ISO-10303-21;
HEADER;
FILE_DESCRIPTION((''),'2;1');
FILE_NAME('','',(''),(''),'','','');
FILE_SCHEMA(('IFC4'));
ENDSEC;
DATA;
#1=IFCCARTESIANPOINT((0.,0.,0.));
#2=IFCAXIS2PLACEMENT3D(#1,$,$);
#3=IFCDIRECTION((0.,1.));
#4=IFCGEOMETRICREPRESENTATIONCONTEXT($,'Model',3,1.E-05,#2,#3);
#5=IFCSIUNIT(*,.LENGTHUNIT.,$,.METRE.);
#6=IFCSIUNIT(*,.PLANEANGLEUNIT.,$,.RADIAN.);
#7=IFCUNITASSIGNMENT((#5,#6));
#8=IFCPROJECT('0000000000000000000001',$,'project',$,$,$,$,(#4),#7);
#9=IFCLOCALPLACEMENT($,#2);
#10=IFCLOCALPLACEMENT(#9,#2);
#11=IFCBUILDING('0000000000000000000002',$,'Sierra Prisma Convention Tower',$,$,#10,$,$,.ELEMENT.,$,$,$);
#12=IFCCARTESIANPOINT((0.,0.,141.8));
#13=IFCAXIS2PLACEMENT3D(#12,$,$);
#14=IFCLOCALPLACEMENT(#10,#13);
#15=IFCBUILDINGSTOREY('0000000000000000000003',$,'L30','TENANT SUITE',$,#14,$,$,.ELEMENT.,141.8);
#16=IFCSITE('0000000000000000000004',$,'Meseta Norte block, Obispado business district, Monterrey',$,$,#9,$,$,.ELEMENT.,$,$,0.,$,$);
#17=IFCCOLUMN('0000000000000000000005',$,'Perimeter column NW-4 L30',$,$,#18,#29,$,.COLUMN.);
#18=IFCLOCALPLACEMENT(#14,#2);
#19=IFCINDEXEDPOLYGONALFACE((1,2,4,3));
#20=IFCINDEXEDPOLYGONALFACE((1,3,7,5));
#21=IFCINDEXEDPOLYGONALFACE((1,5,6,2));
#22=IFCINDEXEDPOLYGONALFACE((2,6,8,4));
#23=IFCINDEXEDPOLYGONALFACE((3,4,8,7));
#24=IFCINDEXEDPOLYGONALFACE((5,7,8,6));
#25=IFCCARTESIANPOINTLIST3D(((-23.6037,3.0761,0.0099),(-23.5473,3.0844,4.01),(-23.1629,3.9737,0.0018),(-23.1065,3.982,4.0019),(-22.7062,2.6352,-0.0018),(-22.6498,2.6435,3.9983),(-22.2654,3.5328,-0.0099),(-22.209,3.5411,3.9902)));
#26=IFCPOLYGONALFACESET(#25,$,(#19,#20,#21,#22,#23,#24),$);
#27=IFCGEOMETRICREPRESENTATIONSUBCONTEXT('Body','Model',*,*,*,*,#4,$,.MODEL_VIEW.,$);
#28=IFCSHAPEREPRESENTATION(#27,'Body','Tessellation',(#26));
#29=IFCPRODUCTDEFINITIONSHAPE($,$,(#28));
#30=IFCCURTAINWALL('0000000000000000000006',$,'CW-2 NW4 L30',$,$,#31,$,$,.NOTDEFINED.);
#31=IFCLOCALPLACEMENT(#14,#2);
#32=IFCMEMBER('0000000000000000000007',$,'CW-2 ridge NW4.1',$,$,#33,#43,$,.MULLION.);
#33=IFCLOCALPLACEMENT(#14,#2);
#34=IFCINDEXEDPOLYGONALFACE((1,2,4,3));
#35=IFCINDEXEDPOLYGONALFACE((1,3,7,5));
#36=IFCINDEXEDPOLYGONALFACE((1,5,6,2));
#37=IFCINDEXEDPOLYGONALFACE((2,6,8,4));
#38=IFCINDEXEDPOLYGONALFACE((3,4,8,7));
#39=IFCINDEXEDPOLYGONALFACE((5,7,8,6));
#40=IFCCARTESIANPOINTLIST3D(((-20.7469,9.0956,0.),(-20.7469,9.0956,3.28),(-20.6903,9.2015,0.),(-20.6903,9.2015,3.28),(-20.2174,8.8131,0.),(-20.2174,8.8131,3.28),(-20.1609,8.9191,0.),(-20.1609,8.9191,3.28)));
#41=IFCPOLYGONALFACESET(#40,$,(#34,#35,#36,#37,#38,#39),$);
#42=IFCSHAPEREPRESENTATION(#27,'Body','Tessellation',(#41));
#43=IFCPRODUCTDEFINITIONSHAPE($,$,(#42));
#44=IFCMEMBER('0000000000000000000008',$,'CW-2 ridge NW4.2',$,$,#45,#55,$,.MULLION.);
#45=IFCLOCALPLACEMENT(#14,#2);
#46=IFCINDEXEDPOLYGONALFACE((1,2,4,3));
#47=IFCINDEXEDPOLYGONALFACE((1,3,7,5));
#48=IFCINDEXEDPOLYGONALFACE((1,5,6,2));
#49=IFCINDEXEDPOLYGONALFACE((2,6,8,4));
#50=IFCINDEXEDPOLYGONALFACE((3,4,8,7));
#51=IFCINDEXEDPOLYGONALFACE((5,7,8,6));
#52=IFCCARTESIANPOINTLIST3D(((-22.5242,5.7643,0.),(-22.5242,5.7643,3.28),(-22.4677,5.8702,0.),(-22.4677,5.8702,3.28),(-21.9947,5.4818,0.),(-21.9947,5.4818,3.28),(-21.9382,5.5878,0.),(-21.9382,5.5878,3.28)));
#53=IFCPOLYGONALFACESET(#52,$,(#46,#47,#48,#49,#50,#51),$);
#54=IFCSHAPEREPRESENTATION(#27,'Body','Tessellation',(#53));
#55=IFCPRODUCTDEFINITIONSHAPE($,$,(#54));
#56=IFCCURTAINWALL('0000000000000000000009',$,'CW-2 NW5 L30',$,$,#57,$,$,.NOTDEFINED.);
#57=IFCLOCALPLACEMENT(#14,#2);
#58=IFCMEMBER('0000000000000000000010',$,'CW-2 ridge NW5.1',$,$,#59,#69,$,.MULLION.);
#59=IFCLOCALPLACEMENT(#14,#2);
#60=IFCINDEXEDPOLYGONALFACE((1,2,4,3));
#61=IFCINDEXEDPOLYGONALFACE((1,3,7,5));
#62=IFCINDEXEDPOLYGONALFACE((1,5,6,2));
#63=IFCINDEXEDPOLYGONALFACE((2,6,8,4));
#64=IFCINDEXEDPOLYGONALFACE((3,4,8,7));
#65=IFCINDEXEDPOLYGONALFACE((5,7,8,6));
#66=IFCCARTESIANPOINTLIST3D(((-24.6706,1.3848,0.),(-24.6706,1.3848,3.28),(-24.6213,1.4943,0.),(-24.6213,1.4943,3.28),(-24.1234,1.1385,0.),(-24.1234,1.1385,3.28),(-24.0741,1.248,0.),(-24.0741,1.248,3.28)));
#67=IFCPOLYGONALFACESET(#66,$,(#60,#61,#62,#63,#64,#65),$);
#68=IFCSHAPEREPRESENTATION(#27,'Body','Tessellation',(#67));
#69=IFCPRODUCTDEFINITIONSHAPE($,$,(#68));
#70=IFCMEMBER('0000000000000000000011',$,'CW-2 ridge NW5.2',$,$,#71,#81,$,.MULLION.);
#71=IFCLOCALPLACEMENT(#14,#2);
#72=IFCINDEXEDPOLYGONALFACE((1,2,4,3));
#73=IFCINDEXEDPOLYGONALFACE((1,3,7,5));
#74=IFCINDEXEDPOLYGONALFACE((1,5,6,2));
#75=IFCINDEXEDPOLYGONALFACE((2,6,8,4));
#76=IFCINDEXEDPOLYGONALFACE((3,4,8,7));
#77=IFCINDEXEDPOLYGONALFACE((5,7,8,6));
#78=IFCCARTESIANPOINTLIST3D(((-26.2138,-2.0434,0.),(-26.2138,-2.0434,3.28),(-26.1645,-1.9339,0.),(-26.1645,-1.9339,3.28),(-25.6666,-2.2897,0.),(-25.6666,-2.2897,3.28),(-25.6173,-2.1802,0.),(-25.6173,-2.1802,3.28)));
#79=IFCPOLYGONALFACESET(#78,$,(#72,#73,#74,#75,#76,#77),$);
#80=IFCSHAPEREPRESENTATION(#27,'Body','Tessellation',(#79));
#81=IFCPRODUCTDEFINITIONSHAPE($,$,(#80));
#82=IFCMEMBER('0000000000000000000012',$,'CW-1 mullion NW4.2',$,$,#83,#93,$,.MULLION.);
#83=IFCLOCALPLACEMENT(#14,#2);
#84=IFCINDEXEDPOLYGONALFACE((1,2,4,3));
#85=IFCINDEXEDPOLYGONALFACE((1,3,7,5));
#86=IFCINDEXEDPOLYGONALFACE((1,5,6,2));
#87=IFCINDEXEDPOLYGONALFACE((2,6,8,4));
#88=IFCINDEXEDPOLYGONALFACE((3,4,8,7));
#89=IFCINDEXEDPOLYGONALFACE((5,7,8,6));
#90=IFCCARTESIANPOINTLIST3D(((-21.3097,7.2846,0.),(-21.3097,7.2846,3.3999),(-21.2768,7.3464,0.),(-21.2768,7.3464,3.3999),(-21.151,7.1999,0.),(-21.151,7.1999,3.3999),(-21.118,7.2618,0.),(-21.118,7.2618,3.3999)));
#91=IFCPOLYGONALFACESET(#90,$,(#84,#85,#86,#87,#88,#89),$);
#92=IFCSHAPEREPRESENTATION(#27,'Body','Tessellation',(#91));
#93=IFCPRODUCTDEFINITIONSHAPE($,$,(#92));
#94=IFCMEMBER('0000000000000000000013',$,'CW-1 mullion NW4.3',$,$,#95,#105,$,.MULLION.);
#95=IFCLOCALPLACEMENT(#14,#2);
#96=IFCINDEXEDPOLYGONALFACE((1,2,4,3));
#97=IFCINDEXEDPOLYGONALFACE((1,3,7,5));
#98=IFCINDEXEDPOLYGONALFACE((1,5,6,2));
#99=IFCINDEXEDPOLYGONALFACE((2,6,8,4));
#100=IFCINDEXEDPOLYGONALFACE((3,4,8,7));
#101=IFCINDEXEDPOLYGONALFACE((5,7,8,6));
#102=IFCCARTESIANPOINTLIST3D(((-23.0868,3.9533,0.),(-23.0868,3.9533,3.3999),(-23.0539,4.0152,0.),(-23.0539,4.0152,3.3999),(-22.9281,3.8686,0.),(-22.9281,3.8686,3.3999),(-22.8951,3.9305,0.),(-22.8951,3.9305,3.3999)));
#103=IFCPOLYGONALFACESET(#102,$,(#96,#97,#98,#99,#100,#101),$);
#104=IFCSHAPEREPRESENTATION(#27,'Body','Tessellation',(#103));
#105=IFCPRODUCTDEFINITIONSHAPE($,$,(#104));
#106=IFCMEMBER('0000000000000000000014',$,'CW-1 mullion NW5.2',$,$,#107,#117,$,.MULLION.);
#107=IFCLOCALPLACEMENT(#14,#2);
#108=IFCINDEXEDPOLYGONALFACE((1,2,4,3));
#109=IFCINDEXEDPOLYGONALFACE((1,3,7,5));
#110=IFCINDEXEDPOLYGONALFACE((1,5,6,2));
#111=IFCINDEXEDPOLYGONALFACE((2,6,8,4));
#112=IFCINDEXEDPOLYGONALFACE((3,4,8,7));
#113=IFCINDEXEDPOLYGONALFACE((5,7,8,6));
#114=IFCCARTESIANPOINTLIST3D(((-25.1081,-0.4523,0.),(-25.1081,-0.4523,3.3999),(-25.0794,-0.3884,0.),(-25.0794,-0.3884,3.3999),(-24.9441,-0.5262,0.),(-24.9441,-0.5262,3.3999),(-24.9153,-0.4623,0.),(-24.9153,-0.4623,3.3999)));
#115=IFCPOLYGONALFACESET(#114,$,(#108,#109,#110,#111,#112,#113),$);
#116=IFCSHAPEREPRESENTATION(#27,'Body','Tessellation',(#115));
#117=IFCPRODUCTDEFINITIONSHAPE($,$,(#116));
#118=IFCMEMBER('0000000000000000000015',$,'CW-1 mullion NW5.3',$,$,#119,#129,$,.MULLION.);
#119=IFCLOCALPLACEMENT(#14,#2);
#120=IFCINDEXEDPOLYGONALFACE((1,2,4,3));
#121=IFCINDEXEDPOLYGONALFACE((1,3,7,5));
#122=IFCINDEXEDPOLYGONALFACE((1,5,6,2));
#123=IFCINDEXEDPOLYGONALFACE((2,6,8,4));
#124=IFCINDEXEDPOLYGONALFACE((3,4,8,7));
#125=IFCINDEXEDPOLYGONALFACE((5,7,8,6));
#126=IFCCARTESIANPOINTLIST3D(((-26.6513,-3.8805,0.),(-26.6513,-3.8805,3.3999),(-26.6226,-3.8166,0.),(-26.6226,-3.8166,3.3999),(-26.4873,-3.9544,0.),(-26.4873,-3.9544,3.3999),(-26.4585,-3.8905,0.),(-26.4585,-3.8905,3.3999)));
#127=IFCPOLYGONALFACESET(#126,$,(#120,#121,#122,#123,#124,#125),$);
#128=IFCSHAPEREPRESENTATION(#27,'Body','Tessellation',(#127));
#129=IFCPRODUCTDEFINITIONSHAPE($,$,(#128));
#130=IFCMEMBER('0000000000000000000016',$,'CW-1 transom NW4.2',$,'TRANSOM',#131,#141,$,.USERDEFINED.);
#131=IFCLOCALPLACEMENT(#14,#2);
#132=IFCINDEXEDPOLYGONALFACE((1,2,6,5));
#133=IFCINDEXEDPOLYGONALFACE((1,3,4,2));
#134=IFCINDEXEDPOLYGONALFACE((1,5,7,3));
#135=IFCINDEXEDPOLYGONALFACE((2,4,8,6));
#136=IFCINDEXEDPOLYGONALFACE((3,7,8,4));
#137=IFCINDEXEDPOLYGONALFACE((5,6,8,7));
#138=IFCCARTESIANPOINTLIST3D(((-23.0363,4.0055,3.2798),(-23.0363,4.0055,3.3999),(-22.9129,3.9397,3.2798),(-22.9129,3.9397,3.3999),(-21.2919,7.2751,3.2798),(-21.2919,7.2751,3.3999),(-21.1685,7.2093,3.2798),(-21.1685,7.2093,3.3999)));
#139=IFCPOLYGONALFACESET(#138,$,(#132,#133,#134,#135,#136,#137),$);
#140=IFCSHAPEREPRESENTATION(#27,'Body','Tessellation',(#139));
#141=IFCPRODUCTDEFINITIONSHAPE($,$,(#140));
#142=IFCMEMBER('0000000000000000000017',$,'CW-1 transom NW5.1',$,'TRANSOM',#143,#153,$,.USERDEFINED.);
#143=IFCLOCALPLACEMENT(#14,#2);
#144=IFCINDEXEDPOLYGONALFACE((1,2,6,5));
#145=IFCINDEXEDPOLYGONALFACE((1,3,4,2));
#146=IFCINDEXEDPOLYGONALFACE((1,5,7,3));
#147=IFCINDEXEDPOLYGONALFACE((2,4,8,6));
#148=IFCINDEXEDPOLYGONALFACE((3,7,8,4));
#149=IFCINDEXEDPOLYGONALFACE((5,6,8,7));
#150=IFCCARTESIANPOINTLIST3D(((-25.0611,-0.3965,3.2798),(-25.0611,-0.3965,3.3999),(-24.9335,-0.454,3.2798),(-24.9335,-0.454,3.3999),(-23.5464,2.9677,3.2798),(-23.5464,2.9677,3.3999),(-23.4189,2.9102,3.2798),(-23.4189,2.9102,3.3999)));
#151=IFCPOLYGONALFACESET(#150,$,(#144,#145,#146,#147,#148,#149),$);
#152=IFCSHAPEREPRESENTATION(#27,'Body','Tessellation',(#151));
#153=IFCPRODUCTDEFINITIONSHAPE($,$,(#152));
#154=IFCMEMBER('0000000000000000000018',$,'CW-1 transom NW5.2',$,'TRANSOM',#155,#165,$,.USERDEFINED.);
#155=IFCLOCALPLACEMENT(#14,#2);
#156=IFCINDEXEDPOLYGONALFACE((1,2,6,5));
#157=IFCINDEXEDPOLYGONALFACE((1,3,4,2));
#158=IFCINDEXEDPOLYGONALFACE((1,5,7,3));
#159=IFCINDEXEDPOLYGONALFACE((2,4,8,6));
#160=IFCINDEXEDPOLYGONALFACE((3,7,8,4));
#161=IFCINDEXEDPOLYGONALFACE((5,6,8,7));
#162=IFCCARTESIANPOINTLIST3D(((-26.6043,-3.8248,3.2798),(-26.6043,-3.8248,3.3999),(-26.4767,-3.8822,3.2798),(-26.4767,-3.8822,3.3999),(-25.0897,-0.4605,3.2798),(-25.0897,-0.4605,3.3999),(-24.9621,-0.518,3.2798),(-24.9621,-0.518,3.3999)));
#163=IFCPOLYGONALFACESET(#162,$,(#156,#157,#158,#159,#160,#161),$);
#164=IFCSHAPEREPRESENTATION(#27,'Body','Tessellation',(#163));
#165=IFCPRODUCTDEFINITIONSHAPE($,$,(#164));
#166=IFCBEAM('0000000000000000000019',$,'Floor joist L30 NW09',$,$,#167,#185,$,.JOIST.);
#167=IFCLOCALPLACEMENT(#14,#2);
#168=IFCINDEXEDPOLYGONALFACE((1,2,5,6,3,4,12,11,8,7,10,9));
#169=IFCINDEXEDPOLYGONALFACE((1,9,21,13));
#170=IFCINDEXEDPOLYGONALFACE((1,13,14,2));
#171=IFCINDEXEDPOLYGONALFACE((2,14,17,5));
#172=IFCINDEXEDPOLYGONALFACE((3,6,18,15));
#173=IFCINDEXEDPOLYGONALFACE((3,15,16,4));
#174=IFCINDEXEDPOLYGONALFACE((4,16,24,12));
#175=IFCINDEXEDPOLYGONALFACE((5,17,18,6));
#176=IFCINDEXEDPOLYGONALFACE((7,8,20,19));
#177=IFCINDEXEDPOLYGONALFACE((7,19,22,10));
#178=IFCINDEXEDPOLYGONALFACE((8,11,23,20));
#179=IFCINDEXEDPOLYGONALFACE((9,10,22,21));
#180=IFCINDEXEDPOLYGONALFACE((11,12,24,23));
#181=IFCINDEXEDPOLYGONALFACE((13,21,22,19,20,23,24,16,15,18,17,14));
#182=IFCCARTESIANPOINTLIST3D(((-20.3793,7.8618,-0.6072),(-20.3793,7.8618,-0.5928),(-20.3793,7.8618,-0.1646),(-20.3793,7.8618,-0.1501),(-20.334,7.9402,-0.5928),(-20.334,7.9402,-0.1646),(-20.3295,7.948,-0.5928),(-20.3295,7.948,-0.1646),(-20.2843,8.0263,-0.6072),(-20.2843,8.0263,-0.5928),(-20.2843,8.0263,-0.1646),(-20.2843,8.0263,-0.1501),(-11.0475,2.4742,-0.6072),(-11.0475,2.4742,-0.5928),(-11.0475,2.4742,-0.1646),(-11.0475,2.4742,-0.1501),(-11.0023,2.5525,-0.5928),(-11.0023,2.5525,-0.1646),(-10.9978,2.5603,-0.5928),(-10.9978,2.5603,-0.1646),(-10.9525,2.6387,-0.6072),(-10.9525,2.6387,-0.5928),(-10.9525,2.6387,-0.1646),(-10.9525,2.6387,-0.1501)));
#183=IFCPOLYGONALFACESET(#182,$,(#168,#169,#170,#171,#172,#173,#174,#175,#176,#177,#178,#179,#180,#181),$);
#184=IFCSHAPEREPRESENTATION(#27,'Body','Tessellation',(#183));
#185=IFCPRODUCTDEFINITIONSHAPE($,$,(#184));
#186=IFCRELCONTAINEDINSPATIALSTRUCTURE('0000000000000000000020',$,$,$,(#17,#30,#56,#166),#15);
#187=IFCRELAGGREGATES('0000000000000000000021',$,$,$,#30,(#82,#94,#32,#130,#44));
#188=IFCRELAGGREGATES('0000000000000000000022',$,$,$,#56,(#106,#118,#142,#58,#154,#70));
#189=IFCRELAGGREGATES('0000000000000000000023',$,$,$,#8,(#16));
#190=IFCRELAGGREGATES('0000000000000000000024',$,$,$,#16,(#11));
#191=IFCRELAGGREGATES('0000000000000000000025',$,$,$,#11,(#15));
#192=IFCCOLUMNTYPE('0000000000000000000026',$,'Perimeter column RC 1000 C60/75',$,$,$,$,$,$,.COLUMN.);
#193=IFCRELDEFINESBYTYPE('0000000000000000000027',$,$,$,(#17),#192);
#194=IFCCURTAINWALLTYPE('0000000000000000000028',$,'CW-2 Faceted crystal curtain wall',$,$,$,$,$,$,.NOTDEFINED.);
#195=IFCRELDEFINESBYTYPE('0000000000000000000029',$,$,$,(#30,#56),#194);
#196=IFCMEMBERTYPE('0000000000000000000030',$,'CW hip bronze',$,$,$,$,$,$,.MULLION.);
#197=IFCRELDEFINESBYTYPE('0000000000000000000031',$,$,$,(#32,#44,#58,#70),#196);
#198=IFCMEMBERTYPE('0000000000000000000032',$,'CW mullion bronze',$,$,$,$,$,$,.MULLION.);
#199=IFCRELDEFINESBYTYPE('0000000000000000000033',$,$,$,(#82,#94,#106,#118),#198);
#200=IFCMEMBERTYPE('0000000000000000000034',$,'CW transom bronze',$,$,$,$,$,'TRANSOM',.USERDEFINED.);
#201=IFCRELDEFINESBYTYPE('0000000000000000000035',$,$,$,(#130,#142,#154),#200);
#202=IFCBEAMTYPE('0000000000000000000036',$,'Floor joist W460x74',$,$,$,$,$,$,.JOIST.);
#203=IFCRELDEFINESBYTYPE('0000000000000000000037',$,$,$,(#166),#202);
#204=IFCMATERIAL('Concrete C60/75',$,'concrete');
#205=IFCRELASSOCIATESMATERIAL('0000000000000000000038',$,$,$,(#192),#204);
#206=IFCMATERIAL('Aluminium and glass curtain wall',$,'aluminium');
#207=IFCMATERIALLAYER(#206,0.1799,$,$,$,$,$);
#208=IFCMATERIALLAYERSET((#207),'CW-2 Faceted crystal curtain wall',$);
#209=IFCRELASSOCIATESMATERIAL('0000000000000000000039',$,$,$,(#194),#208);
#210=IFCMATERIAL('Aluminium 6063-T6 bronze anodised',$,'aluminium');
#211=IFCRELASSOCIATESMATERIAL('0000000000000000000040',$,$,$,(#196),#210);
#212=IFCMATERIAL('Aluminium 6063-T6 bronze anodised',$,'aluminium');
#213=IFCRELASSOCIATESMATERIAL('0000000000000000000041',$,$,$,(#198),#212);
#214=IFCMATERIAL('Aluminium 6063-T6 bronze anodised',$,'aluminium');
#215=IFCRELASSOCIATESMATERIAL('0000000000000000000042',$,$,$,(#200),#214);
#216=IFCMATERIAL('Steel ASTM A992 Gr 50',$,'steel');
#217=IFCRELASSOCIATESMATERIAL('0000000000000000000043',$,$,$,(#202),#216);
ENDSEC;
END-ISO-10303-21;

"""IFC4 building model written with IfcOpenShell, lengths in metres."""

from ifc_helpers import new_model, si_unit, direction, frame, origin, origin_2d, place, context, subcontext, project, spatial, rectangle, i_section, extrude, material, layer, layer_set, material_profile, profile_set, type_object, element, aggregate, save


model = new_model("IFC4")

# Units and contexts
model_context = context("Model", 3, precision=1e-05, world=origin(), true_north=direction((0.0, 1.0)))
body_context = subcontext(model_context, "Body", "Model", "MODEL_VIEW")
ifc_project = project(units=[si_unit("LENGTHUNIT", "METRE"), si_unit("PLANEANGLEUNIT", "RADIAN")], contexts=[model_context])

# Site, building, storey
site_placement = place(None, origin())
site = spatial("IfcSite", under=ifc_project, at=site_placement, Name="Meseta Norte block, Obispado business district, Monterrey", CompositionType="ELEMENT", RefElevation=0.0)
building_placement = place(site_placement, origin())
building = spatial("IfcBuilding", under=site, at=building_placement, Name="Sierra Prisma Convention Tower", CompositionType="ELEMENT")
storey_placement = place(building_placement, frame((0.0, 0.0, 141.8)))
storey = spatial("IfcBuildingStorey", under=building, at=storey_placement, Name="L30", Description="TENANT SUITE", CompositionType="ELEMENT", Elevation=141.8)

# Column
ifc_material_1 = material(Name="Concrete C60/75", Category="concrete")
ifc_material_profile_1 = material_profile(ifc_material_1, rectangle(XDim=1.0, YDim=1.0, at=origin_2d()), Name="Perimeter column RC 1000 C60/75")
ifc_profile_set_1 = profile_set([ifc_material_profile_1], Name="Concrete C60/75")
column_type = type_object("IfcColumnType", Name="Perimeter column RC 1000 C60/75", PredefinedType="COLUMN", material=ifc_profile_set_1)
column_placement = place(storey_placement, frame((-22.9346, 3.3044, 0.0), z_axis=(0.014098, 0.002075, 0.999898), x_axis=(0.440789, 0.897575, -0.008077)))
element("IfcColumn", 1, at=column_placement, inside=storey, type_object=column_type, Name="Perimeter column NW-4 L30", PredefinedType="COLUMN", context=body_context, shape_type="SweptSolid", body=[
    extrude(rectangle(XDim=1.0, YDim=1.0, at=origin_2d()), origin(), (0.0, 0.0, 1.0), 4.0005),
])

# Curtain walls, members
ifc_material_2 = material(Name="Aluminium and glass curtain wall", Category="aluminium")
ifc_layer_1 = layer(ifc_material_2, 0.1799)
ifc_layer_set_1 = layer_set([ifc_layer_1], Name="CW-2 Faceted crystal curtain wall")
curtain_wall_type = type_object("IfcCurtainWallType", Name="CW-2 Faceted crystal curtain wall", PredefinedType="NOTDEFINED", material=ifc_layer_set_1)
curtain_wall_1_placement = place(storey_placement, origin())
curtain_wall_1 = element("IfcCurtainWall", 2, at=curtain_wall_1_placement, inside=storey, type_object=curtain_wall_type, Name="CW-2 NW4 L30", PredefinedType="NOTDEFINED")
ifc_material_3 = material(Name="Aluminium 6063-T6 bronze anodised", Category="aluminium")
ifc_material_profile_2 = material_profile(ifc_material_3, rectangle(XDim=0.1201, YDim=0.6001, at=origin_2d()), Name="ALU RIDGE BLADE 120x600")
ifc_profile_set_2 = profile_set([ifc_material_profile_2], Name="Aluminium 6063-T6 bronze anodised")
member_type_1 = type_object("IfcMemberType", Name="CW hip bronze", PredefinedType="MULLION", material=ifc_profile_set_2)
member_1_placement = place(storey_placement, frame((-20.4539, 9.0073, 0.0), z_axis=(0.0, 0.0, 1.0), x_axis=(-0.470681, -0.882303, 0.0)))
member_1 = element("IfcMember", 3, at=member_1_placement, type_object=member_type_1, Name="CW-2 ridge NW4.1", PredefinedType="MULLION", context=body_context, shape_type="SweptSolid", body=[
    extrude(rectangle(XDim=0.1201, YDim=0.6001, at=origin_2d()), origin(), (0.0, 0.0, 1.0), 3.28),
])
member_2_placement = place(storey_placement, frame((-22.2312, 5.676, 0.0), z_axis=(0.0, 0.0, 1.0), x_axis=(-0.470681, -0.882303, 0.0)))
member_2 = element("IfcMember", 4, at=member_2_placement, type_object=member_type_1, Name="CW-2 ridge NW4.2", PredefinedType="MULLION", context=body_context, shape_type="SweptSolid", body=[
    extrude(rectangle(XDim=0.1201, YDim=0.6001, at=origin_2d()), origin(), (0.0, 0.0, 1.0), 3.28),
])
curtain_wall_2_placement = place(storey_placement, origin())
curtain_wall_2 = element("IfcCurtainWall", 5, at=curtain_wall_2_placement, inside=storey, type_object=curtain_wall_type, Name="CW-2 NW5 L30", PredefinedType="NOTDEFINED")
member_3_placement = place(storey_placement, frame((-24.3723, 1.3164, 0.0), z_axis=(0.0, 0.0, 1.0), x_axis=(-0.410489, -0.911865, 0.0)))
member_3 = element("IfcMember", 6, at=member_3_placement, type_object=member_type_1, Name="CW-2 ridge NW5.1", PredefinedType="MULLION", context=body_context, shape_type="SweptSolid", body=[
    extrude(rectangle(XDim=0.1201, YDim=0.6001, at=origin_2d()), origin(), (0.0, 0.0, 1.0), 3.28),
])
member_4_placement = place(storey_placement, frame((-25.9155, -2.1118, 0.0), z_axis=(0.0, 0.0, 1.0), x_axis=(-0.410489, -0.911865, 0.0)))
member_4 = element("IfcMember", 7, at=member_4_placement, type_object=member_type_1, Name="CW-2 ridge NW5.2", PredefinedType="MULLION", context=body_context, shape_type="SweptSolid", body=[
    extrude(rectangle(XDim=0.1201, YDim=0.6001, at=origin_2d()), origin(), (0.0, 0.0, 1.0), 3.28),
])

# Members
ifc_material_4 = material(Name="Aluminium 6063-T6 bronze anodised", Category="aluminium")
ifc_material_profile_3 = material_profile(ifc_material_4, rectangle(XDim=0.1799, YDim=0.0701, at=origin_2d()), Name="ALU MULLION 70x180")
ifc_profile_set_3 = profile_set([ifc_material_profile_3], Name="Aluminium 6063-T6 bronze anodised")
member_type_2 = type_object("IfcMemberType", Name="CW mullion bronze", PredefinedType="MULLION", material=ifc_profile_set_3)
member_5_placement = place(storey_placement, frame((-21.2139, 7.2732, 0.0), z_axis=(0.0, 0.0, 1.0), x_axis=(0.882303, -0.470681, 0.0)))
member_5 = element("IfcMember", 8, at=member_5_placement, type_object=member_type_2, Name="CW-1 mullion NW4.2", PredefinedType="MULLION", context=body_context, shape_type="SweptSolid", body=[
    extrude(rectangle(XDim=0.1799, YDim=0.0701, at=origin_2d()), origin(), (0.0, 0.0, 1.0), 3.3999),
])
member_6_placement = place(storey_placement, frame((-22.991, 3.9419, 0.0), z_axis=(0.0, 0.0, 1.0), x_axis=(0.882303, -0.470681, 0.0)))
member_6 = element("IfcMember", 9, at=member_6_placement, type_object=member_type_2, Name="CW-1 mullion NW4.3", PredefinedType="MULLION", context=body_context, shape_type="SweptSolid", body=[
    extrude(rectangle(XDim=0.1799, YDim=0.0701, at=origin_2d()), origin(), (0.0, 0.0, 1.0), 3.3999),
])
member_7_placement = place(storey_placement, frame((-25.0117, -0.4573, 0.0), z_axis=(0.0, 0.0, 1.0), x_axis=(0.911865, -0.410489, 0.0)))
member_7 = element("IfcMember", 10, at=member_7_placement, type_object=member_type_2, Name="CW-1 mullion NW5.2", PredefinedType="MULLION", context=body_context, shape_type="SweptSolid", body=[
    extrude(rectangle(XDim=0.1799, YDim=0.0701, at=origin_2d()), origin(), (0.0, 0.0, 1.0), 3.3999),
])
member_8_placement = place(storey_placement, frame((-26.5549, -3.8855, 0.0), z_axis=(0.0, 0.0, 1.0), x_axis=(0.911865, -0.410489, 0.0)))
member_8 = element("IfcMember", 11, at=member_8_placement, type_object=member_type_2, Name="CW-1 mullion NW5.3", PredefinedType="MULLION", context=body_context, shape_type="SweptSolid", body=[
    extrude(rectangle(XDim=0.1799, YDim=0.0701, at=origin_2d()), origin(), (0.0, 0.0, 1.0), 3.3999),
])
ifc_material_5 = material(Name="Aluminium 6063-T6 bronze anodised", Category="aluminium")
ifc_material_profile_4 = material_profile(ifc_material_5, rectangle(XDim=0.1399, YDim=0.1201, at=origin_2d()), Name="ALU TRANSOM 120x140")
ifc_profile_set_4 = profile_set([ifc_material_profile_4], Name="Aluminium 6063-T6 bronze anodised")
member_type_3 = type_object("IfcMemberType", Name="CW transom bronze", ElementType="TRANSOM", PredefinedType="USERDEFINED", material=ifc_profile_set_4)
member_9_placement = place(storey_placement, frame((-21.2302, 7.2422, 3.3398), z_axis=(-0.470722, -0.882282, 0.0), x_axis=(0.882282, -0.470722, 0.0)))
member_9 = element("IfcMember", 12, at=member_9_placement, type_object=member_type_3, Name="CW-1 transom NW4.2", ObjectType="TRANSOM", PredefinedType="USERDEFINED", context=body_context, shape_type="SweptSolid", body=[
    extrude(rectangle(XDim=0.1399, YDim=0.1201, at=origin_2d()), origin(), (0.0, 0.0, 1.0), 3.7058),
])
member_10_placement = place(storey_placement, frame((-23.4827, 2.939, 3.3398), z_axis=(-0.41053, -0.911847, 0.0), x_axis=(0.911847, -0.41053, 0.0)))
member_10 = element("IfcMember", 13, at=member_10_placement, type_object=member_type_3, Name="CW-1 transom NW5.1", ObjectType="TRANSOM", PredefinedType="USERDEFINED", context=body_context, shape_type="SweptSolid", body=[
    extrude(rectangle(XDim=0.1399, YDim=0.1201, at=origin_2d()), origin(), (0.0, 0.0, 1.0), 3.6895),
])
member_11_placement = place(storey_placement, frame((-25.0259, -0.4893, 3.3398), z_axis=(-0.41053, -0.911847, 0.0), x_axis=(0.911847, -0.41053, 0.0)))
member_11 = element("IfcMember", 14, at=member_11_placement, type_object=member_type_3, Name="CW-1 transom NW5.2", ObjectType="TRANSOM", PredefinedType="USERDEFINED", context=body_context, shape_type="SweptSolid", body=[
    extrude(rectangle(XDim=0.1399, YDim=0.1201, at=origin_2d()), origin(), (0.0, 0.0, 1.0), 3.6895),
])

# Beam
ifc_material_6 = material(Name="Steel ASTM A992 Gr 50", Category="steel")
ifc_material_profile_5 = material_profile(ifc_material_6, i_section(OverallWidth=0.1899, OverallDepth=0.457, WebThickness=0.009, FlangeThickness=0.0144, at=origin_2d()), Name="W460x74")
ifc_profile_set_5 = profile_set([ifc_material_profile_5], Name="Steel ASTM A992 Gr 50")
beam_type_1 = type_object("IfcBeamType", Name="Floor joist W460x74", PredefinedType="JOIST", material=ifc_profile_set_5)
beam_1_placement = place(storey_placement, frame((-20.3318, 7.9441, -0.3787), z_axis=(0.866026, -0.499999, 0.0), x_axis=(0.499999, 0.866026, 0.0)))
element("IfcBeam", 15, at=beam_1_placement, inside=storey, type_object=beam_type_1, Name="Floor joist L30 NW09", PredefinedType="JOIST", context=body_context, shape_type="SweptSolid", body=[
    extrude(i_section(OverallWidth=0.1899, OverallDepth=0.457, WebThickness=0.009, FlangeThickness=0.0144, at=origin_2d()), origin(), (0.0, 0.0, 1.0), 10.7754),
])

aggregate(curtain_wall_1, [member_5, member_6, member_1, member_9, member_2])
aggregate(curtain_wall_2, [member_7, member_8, member_10, member_3, member_11, member_4])

save(model, "model.ifc")
